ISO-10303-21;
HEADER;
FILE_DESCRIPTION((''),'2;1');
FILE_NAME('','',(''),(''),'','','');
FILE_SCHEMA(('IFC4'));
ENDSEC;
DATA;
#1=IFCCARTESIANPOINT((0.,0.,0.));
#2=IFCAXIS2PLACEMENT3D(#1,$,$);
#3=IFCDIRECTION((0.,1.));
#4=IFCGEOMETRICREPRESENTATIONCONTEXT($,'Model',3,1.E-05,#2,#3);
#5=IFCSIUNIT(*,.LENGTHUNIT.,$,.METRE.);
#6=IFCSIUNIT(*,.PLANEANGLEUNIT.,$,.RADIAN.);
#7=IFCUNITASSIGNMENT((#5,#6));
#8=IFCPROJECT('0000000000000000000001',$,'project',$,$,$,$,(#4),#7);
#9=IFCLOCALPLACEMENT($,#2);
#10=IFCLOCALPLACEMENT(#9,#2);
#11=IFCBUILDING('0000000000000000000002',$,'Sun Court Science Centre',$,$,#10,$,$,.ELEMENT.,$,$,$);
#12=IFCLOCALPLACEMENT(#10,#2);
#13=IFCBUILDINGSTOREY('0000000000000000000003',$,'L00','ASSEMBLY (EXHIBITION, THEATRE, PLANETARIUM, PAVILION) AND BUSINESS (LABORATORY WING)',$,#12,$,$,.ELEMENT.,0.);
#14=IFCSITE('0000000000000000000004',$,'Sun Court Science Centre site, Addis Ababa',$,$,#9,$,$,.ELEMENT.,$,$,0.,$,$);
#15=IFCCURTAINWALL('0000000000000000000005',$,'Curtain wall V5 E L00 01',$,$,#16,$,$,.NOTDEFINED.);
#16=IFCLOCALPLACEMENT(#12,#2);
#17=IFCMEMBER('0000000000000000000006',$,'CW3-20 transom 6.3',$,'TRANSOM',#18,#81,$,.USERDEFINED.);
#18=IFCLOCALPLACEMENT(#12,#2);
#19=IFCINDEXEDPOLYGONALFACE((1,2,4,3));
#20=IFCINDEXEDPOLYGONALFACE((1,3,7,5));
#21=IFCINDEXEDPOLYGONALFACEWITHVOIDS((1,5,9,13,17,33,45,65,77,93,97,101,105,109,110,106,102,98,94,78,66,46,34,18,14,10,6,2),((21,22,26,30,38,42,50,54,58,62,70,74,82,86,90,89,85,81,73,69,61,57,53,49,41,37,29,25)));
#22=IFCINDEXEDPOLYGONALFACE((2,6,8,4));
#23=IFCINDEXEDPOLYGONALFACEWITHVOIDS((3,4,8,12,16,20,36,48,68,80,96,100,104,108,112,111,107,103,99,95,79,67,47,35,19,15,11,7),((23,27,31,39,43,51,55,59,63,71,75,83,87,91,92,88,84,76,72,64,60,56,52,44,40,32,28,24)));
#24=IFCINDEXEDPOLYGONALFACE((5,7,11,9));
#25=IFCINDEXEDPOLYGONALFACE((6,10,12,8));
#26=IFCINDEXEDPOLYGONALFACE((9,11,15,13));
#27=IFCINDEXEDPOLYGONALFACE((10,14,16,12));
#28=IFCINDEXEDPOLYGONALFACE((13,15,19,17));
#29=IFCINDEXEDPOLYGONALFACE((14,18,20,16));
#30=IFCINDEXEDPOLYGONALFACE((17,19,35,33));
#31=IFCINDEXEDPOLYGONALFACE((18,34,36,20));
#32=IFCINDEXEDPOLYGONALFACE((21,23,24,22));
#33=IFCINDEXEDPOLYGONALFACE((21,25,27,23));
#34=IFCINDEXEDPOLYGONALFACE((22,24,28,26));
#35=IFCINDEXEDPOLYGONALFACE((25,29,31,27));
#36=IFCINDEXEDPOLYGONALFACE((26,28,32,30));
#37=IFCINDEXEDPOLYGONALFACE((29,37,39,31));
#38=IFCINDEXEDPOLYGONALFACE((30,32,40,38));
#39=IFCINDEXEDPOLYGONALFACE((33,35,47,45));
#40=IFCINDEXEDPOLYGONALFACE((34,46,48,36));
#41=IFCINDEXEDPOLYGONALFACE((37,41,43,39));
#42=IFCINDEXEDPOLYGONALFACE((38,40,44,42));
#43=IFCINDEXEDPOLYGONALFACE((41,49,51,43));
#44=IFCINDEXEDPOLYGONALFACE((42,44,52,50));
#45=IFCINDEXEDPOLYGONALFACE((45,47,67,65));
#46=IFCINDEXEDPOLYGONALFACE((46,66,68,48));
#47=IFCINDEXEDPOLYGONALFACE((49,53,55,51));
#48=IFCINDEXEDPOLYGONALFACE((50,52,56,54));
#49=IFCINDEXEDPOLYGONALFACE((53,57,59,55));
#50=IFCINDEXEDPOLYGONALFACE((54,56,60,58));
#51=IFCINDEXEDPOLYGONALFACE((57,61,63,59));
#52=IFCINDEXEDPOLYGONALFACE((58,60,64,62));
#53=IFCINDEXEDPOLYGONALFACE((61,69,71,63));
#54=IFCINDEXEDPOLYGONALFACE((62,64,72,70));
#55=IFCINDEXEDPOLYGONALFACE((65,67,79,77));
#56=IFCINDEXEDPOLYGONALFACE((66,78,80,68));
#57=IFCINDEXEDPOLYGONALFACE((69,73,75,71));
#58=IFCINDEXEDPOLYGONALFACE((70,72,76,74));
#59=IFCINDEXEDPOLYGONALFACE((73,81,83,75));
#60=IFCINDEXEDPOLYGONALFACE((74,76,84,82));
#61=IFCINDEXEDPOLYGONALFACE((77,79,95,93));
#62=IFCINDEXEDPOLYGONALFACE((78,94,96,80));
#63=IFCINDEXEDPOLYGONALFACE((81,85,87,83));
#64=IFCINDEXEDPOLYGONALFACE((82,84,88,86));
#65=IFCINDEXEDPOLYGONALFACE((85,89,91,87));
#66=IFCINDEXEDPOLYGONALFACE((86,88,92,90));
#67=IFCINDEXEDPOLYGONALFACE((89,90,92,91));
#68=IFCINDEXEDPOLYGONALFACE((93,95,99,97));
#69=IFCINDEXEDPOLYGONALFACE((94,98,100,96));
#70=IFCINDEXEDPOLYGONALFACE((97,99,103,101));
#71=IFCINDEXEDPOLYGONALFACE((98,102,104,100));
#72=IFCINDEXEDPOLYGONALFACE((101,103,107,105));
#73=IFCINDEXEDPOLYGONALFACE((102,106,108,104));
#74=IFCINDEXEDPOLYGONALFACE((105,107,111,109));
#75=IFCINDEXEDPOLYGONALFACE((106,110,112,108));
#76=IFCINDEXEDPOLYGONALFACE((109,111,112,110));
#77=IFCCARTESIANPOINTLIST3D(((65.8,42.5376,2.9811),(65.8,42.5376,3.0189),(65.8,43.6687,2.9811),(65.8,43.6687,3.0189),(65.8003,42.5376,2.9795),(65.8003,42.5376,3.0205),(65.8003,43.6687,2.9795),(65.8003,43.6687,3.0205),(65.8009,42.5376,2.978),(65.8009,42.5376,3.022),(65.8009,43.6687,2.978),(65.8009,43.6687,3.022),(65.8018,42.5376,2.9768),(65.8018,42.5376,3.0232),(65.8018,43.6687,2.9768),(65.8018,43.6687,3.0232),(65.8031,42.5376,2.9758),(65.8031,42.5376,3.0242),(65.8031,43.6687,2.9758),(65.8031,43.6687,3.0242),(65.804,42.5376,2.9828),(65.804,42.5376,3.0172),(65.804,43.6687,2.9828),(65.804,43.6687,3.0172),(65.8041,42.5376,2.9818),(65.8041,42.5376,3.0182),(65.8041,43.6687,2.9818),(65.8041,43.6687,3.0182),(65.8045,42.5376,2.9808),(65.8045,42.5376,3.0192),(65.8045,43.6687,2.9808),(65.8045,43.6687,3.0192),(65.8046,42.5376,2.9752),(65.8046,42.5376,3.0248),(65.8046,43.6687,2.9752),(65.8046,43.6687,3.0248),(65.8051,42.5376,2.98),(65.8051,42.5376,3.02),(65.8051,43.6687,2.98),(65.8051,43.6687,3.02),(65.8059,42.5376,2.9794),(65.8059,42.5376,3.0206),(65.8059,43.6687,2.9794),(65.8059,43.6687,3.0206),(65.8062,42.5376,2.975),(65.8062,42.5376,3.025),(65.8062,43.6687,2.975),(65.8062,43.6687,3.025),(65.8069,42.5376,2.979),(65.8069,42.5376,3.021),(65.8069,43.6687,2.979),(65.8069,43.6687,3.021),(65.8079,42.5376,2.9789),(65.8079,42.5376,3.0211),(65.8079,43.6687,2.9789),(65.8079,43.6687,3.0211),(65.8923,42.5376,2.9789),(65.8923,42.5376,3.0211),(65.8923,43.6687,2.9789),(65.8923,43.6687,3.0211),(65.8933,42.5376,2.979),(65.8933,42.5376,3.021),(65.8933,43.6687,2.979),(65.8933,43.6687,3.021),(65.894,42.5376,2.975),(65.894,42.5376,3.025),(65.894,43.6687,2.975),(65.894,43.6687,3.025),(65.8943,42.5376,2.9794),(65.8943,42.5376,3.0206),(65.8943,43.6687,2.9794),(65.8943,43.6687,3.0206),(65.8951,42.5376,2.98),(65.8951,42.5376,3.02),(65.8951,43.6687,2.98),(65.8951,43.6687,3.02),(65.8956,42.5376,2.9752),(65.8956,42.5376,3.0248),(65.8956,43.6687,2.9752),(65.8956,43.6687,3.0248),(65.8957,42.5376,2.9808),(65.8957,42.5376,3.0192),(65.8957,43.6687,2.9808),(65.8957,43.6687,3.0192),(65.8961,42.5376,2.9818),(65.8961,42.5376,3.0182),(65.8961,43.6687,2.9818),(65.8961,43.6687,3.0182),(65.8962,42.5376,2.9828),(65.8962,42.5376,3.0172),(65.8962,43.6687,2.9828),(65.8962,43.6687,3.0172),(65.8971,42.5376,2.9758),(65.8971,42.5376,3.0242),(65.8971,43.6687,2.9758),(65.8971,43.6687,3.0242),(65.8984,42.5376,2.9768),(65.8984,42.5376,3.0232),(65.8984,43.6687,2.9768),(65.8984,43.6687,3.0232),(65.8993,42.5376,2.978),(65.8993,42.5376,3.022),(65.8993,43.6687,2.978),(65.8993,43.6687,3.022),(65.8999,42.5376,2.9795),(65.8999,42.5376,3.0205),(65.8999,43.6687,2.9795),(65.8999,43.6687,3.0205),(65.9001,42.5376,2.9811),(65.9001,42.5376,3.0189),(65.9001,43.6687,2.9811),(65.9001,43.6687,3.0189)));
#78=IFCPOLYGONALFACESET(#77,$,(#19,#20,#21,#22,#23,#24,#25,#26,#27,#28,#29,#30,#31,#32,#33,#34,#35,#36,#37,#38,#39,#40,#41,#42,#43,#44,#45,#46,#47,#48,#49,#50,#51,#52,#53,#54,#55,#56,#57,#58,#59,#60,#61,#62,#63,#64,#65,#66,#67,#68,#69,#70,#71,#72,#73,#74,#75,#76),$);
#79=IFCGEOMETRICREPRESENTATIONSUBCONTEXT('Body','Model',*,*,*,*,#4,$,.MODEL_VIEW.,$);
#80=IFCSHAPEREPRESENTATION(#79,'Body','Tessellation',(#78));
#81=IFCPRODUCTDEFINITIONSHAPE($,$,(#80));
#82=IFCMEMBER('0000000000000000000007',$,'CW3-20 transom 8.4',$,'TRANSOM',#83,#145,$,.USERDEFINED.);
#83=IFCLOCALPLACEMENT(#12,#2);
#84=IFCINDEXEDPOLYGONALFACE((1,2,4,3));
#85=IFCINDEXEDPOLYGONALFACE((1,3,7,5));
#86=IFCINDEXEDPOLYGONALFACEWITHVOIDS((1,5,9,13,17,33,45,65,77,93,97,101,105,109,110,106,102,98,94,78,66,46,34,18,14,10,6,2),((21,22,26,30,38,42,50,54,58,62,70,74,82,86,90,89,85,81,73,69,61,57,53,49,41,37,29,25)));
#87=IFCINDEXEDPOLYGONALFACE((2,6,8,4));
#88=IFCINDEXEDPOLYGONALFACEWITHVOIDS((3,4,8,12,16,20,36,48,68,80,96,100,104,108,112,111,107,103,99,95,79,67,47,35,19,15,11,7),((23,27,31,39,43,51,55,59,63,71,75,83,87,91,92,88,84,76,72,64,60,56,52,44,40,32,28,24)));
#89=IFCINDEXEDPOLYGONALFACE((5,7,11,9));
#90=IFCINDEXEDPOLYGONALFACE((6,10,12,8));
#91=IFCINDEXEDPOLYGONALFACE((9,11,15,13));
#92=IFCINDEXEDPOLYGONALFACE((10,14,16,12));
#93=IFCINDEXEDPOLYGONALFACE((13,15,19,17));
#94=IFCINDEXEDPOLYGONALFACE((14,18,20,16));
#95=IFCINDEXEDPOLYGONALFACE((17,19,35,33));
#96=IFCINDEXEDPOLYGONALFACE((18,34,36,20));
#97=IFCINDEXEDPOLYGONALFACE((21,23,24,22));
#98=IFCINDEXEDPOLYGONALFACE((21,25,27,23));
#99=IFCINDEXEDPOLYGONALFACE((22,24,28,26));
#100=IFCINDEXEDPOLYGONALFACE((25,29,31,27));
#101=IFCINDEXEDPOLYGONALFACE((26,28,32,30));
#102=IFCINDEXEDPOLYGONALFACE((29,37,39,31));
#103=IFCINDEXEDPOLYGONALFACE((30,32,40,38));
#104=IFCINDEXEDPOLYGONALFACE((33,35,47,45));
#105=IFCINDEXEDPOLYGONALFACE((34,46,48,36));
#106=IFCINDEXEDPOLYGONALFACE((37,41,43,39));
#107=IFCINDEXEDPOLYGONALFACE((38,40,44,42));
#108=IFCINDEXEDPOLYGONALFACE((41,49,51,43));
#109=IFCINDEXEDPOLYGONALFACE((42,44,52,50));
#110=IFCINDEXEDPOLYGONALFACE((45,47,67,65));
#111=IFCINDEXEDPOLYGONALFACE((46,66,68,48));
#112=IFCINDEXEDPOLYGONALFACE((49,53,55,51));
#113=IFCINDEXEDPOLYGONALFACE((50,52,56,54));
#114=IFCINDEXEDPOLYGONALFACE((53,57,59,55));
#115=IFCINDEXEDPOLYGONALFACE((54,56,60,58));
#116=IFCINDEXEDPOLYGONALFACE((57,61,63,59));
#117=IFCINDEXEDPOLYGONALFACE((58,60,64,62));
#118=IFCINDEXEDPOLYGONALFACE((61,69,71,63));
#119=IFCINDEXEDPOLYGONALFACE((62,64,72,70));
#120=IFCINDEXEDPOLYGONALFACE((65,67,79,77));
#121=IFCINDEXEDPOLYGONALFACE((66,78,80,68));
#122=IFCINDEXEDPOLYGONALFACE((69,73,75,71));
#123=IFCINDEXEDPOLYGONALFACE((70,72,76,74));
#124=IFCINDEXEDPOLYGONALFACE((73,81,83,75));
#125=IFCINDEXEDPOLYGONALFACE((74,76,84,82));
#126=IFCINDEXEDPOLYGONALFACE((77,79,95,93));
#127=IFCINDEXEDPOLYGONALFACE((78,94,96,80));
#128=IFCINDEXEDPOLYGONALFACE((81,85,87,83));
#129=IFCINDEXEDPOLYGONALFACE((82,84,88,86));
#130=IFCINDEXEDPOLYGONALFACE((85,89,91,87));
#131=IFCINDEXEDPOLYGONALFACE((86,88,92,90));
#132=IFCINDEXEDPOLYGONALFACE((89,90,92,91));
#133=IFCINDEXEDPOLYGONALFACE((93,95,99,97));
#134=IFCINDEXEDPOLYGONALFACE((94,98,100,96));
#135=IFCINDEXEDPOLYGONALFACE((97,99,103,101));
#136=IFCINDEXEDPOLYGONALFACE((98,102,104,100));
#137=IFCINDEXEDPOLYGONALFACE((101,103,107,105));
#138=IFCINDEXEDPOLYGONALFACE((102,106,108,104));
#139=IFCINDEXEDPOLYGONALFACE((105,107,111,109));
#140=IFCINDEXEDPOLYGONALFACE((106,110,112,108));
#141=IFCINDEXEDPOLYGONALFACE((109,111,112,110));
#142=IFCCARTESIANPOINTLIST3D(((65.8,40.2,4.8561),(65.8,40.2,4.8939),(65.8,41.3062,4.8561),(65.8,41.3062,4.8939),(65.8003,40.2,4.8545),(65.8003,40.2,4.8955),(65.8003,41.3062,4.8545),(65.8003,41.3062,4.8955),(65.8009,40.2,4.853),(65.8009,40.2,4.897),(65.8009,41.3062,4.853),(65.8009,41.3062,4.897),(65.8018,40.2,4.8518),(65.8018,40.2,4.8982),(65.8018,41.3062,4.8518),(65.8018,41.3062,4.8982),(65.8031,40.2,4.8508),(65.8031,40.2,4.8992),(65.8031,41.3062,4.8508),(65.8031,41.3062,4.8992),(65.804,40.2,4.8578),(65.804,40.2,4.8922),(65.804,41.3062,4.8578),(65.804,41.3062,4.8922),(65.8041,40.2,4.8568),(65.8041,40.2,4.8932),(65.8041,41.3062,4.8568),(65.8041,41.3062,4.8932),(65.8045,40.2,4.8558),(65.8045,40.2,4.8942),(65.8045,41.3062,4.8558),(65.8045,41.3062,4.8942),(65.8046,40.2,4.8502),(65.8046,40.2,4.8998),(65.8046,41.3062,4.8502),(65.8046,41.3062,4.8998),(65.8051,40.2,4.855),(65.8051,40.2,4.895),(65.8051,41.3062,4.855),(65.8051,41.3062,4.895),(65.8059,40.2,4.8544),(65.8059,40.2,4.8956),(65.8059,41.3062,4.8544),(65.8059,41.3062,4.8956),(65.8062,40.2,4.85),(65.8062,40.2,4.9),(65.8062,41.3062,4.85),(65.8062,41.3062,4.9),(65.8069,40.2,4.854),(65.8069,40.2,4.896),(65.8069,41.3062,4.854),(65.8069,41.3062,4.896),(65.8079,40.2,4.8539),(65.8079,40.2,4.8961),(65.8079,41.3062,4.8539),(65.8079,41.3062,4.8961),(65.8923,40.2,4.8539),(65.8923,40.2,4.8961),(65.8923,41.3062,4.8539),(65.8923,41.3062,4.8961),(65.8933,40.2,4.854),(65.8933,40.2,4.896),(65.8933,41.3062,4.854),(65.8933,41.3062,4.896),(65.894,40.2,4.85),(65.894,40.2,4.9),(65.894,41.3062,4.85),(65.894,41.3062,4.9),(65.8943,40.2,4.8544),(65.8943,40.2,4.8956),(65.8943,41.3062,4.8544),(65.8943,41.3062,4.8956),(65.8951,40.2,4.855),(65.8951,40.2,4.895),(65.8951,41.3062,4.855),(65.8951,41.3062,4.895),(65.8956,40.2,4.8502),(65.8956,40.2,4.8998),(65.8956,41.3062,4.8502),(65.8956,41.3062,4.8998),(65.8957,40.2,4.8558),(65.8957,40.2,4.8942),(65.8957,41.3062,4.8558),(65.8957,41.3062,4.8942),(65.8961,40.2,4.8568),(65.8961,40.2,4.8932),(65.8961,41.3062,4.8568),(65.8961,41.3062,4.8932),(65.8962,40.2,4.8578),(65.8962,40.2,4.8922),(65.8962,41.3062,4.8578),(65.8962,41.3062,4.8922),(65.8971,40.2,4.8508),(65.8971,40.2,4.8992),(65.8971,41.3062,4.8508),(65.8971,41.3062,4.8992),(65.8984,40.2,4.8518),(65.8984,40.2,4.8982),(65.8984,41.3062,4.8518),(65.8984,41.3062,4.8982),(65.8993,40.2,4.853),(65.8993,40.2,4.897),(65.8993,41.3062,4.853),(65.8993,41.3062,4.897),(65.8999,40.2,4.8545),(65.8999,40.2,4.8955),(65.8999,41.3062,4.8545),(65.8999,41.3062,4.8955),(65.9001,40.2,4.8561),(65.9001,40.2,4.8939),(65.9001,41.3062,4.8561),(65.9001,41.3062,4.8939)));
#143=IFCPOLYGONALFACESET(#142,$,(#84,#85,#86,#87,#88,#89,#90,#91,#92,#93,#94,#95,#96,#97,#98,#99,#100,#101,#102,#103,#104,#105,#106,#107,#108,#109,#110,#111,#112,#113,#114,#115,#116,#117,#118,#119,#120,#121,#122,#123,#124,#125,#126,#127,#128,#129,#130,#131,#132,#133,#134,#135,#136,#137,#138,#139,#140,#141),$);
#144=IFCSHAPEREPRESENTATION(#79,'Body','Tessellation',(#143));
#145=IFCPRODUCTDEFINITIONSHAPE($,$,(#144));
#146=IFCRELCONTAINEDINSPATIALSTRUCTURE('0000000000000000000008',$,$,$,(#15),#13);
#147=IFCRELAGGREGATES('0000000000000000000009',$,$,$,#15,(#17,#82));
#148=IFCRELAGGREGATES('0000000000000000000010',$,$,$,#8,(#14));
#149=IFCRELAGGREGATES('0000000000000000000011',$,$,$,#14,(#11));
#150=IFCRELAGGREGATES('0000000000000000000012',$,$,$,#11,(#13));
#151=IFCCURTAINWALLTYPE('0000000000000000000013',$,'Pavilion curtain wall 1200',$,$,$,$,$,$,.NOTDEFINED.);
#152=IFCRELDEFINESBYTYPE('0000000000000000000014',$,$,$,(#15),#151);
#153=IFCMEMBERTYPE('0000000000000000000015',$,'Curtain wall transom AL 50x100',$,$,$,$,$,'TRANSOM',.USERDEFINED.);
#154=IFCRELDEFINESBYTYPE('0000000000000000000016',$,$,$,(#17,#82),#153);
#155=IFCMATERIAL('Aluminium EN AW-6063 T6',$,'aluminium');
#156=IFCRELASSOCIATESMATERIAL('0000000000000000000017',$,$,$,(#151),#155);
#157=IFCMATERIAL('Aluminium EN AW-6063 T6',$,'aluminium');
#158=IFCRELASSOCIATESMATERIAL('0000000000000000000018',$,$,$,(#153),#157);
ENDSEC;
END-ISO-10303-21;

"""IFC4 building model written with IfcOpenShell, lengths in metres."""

from ifc_helpers import new_model, si_unit, direction, frame, origin, origin_2d, place, context, subcontext, project, spatial, hollow_rectangle, extrude, material, material_profile, profile_set, type_object, element, aggregate, save


model = new_model("IFC4")

# Units and contexts
model_context = context("Model", 3, precision=1e-05, world=origin(), true_north=direction((0.0, 1.0)))
body_context = subcontext(model_context, "Body", "Model", "MODEL_VIEW")
ifc_project = project(units=[si_unit("LENGTHUNIT", "METRE"), si_unit("PLANEANGLEUNIT", "RADIAN")], contexts=[model_context])

# Site, building, storey
site_placement = place(None, origin())
site = spatial("IfcSite", under=ifc_project, at=site_placement, Name="Sun Court Science Centre site, Addis Ababa", CompositionType="ELEMENT", RefElevation=0.0)
building_placement = place(site_placement, origin())
building = spatial("IfcBuilding", under=site, at=building_placement, Name="Sun Court Science Centre", CompositionType="ELEMENT")
storey_placement = place(building_placement, origin())
storey = spatial("IfcBuildingStorey", under=building, at=storey_placement, Name="L00", Description="ASSEMBLY (EXHIBITION, THEATRE, PLANETARIUM, PAVILION) AND BUSINESS (LABORATORY WING)", CompositionType="ELEMENT", Elevation=0.0)

# Curtain wall, members
ifc_material_1 = material(Name="Aluminium EN AW-6063 T6", Category="aluminium")
curtain_wall_type = type_object("IfcCurtainWallType", Name="Pavilion curtain wall 1200", PredefinedType="NOTDEFINED", material=ifc_material_1)
curtain_wall_placement = place(storey_placement, origin())
curtain_wall = element("IfcCurtainWall", 1, at=curtain_wall_placement, inside=storey, type_object=curtain_wall_type, Name="Curtain wall V5 E L00 01", PredefinedType="NOTDEFINED")
ifc_material_2 = material(Name="Aluminium EN AW-6063 T6", Category="aluminium")
ifc_material_profile = material_profile(ifc_material_2, hollow_rectangle(XDim=0.05, YDim=0.1001, WallThickness=0.0039, InnerFilletRadius=0.0039, OuterFilletRadius=0.0061, at=origin_2d()), Name="AL 50x100x4")
ifc_profile_set = profile_set([ifc_material_profile], Name="Aluminium EN AW-6063 T6")
member_type = type_object("IfcMemberType", Name="Curtain wall transom AL 50x100", ElementType="TRANSOM", PredefinedType="USERDEFINED", material=ifc_profile_set)
member_1_placement = place(storey_placement, frame((65.8501, 43.6687, 3.0), z_axis=(0.0, -1.0, 0.0), x_axis=(0.0, 0.0, 1.0)))
member_1 = element("IfcMember", 2, at=member_1_placement, type_object=member_type, Name="CW3-20 transom 6.3", ObjectType="TRANSOM", PredefinedType="USERDEFINED", context=body_context, shape_type="SweptSolid", body=[
    extrude(hollow_rectangle(XDim=0.05, YDim=0.1001, WallThickness=0.0039, InnerFilletRadius=0.0039, OuterFilletRadius=0.0061, at=origin_2d()), origin(), (0.0, 0.0, 1.0), 1.1311),
])
member_2_placement = place(storey_placement, frame((65.8501, 41.3062, 4.875), z_axis=(0.0, -1.0, 0.0), x_axis=(0.0, 0.0, 1.0)))
member_2 = element("IfcMember", 3, at=member_2_placement, type_object=member_type, Name="CW3-20 transom 8.4", ObjectType="TRANSOM", PredefinedType="USERDEFINED", context=body_context, shape_type="SweptSolid", body=[
    extrude(hollow_rectangle(XDim=0.05, YDim=0.1001, WallThickness=0.0039, InnerFilletRadius=0.0039, OuterFilletRadius=0.0061, at=origin_2d()), origin(), (0.0, 0.0, 1.0), 1.1062),
])
aggregate(curtain_wall, [member_1, member_2])

save(model, "model.ifc")
